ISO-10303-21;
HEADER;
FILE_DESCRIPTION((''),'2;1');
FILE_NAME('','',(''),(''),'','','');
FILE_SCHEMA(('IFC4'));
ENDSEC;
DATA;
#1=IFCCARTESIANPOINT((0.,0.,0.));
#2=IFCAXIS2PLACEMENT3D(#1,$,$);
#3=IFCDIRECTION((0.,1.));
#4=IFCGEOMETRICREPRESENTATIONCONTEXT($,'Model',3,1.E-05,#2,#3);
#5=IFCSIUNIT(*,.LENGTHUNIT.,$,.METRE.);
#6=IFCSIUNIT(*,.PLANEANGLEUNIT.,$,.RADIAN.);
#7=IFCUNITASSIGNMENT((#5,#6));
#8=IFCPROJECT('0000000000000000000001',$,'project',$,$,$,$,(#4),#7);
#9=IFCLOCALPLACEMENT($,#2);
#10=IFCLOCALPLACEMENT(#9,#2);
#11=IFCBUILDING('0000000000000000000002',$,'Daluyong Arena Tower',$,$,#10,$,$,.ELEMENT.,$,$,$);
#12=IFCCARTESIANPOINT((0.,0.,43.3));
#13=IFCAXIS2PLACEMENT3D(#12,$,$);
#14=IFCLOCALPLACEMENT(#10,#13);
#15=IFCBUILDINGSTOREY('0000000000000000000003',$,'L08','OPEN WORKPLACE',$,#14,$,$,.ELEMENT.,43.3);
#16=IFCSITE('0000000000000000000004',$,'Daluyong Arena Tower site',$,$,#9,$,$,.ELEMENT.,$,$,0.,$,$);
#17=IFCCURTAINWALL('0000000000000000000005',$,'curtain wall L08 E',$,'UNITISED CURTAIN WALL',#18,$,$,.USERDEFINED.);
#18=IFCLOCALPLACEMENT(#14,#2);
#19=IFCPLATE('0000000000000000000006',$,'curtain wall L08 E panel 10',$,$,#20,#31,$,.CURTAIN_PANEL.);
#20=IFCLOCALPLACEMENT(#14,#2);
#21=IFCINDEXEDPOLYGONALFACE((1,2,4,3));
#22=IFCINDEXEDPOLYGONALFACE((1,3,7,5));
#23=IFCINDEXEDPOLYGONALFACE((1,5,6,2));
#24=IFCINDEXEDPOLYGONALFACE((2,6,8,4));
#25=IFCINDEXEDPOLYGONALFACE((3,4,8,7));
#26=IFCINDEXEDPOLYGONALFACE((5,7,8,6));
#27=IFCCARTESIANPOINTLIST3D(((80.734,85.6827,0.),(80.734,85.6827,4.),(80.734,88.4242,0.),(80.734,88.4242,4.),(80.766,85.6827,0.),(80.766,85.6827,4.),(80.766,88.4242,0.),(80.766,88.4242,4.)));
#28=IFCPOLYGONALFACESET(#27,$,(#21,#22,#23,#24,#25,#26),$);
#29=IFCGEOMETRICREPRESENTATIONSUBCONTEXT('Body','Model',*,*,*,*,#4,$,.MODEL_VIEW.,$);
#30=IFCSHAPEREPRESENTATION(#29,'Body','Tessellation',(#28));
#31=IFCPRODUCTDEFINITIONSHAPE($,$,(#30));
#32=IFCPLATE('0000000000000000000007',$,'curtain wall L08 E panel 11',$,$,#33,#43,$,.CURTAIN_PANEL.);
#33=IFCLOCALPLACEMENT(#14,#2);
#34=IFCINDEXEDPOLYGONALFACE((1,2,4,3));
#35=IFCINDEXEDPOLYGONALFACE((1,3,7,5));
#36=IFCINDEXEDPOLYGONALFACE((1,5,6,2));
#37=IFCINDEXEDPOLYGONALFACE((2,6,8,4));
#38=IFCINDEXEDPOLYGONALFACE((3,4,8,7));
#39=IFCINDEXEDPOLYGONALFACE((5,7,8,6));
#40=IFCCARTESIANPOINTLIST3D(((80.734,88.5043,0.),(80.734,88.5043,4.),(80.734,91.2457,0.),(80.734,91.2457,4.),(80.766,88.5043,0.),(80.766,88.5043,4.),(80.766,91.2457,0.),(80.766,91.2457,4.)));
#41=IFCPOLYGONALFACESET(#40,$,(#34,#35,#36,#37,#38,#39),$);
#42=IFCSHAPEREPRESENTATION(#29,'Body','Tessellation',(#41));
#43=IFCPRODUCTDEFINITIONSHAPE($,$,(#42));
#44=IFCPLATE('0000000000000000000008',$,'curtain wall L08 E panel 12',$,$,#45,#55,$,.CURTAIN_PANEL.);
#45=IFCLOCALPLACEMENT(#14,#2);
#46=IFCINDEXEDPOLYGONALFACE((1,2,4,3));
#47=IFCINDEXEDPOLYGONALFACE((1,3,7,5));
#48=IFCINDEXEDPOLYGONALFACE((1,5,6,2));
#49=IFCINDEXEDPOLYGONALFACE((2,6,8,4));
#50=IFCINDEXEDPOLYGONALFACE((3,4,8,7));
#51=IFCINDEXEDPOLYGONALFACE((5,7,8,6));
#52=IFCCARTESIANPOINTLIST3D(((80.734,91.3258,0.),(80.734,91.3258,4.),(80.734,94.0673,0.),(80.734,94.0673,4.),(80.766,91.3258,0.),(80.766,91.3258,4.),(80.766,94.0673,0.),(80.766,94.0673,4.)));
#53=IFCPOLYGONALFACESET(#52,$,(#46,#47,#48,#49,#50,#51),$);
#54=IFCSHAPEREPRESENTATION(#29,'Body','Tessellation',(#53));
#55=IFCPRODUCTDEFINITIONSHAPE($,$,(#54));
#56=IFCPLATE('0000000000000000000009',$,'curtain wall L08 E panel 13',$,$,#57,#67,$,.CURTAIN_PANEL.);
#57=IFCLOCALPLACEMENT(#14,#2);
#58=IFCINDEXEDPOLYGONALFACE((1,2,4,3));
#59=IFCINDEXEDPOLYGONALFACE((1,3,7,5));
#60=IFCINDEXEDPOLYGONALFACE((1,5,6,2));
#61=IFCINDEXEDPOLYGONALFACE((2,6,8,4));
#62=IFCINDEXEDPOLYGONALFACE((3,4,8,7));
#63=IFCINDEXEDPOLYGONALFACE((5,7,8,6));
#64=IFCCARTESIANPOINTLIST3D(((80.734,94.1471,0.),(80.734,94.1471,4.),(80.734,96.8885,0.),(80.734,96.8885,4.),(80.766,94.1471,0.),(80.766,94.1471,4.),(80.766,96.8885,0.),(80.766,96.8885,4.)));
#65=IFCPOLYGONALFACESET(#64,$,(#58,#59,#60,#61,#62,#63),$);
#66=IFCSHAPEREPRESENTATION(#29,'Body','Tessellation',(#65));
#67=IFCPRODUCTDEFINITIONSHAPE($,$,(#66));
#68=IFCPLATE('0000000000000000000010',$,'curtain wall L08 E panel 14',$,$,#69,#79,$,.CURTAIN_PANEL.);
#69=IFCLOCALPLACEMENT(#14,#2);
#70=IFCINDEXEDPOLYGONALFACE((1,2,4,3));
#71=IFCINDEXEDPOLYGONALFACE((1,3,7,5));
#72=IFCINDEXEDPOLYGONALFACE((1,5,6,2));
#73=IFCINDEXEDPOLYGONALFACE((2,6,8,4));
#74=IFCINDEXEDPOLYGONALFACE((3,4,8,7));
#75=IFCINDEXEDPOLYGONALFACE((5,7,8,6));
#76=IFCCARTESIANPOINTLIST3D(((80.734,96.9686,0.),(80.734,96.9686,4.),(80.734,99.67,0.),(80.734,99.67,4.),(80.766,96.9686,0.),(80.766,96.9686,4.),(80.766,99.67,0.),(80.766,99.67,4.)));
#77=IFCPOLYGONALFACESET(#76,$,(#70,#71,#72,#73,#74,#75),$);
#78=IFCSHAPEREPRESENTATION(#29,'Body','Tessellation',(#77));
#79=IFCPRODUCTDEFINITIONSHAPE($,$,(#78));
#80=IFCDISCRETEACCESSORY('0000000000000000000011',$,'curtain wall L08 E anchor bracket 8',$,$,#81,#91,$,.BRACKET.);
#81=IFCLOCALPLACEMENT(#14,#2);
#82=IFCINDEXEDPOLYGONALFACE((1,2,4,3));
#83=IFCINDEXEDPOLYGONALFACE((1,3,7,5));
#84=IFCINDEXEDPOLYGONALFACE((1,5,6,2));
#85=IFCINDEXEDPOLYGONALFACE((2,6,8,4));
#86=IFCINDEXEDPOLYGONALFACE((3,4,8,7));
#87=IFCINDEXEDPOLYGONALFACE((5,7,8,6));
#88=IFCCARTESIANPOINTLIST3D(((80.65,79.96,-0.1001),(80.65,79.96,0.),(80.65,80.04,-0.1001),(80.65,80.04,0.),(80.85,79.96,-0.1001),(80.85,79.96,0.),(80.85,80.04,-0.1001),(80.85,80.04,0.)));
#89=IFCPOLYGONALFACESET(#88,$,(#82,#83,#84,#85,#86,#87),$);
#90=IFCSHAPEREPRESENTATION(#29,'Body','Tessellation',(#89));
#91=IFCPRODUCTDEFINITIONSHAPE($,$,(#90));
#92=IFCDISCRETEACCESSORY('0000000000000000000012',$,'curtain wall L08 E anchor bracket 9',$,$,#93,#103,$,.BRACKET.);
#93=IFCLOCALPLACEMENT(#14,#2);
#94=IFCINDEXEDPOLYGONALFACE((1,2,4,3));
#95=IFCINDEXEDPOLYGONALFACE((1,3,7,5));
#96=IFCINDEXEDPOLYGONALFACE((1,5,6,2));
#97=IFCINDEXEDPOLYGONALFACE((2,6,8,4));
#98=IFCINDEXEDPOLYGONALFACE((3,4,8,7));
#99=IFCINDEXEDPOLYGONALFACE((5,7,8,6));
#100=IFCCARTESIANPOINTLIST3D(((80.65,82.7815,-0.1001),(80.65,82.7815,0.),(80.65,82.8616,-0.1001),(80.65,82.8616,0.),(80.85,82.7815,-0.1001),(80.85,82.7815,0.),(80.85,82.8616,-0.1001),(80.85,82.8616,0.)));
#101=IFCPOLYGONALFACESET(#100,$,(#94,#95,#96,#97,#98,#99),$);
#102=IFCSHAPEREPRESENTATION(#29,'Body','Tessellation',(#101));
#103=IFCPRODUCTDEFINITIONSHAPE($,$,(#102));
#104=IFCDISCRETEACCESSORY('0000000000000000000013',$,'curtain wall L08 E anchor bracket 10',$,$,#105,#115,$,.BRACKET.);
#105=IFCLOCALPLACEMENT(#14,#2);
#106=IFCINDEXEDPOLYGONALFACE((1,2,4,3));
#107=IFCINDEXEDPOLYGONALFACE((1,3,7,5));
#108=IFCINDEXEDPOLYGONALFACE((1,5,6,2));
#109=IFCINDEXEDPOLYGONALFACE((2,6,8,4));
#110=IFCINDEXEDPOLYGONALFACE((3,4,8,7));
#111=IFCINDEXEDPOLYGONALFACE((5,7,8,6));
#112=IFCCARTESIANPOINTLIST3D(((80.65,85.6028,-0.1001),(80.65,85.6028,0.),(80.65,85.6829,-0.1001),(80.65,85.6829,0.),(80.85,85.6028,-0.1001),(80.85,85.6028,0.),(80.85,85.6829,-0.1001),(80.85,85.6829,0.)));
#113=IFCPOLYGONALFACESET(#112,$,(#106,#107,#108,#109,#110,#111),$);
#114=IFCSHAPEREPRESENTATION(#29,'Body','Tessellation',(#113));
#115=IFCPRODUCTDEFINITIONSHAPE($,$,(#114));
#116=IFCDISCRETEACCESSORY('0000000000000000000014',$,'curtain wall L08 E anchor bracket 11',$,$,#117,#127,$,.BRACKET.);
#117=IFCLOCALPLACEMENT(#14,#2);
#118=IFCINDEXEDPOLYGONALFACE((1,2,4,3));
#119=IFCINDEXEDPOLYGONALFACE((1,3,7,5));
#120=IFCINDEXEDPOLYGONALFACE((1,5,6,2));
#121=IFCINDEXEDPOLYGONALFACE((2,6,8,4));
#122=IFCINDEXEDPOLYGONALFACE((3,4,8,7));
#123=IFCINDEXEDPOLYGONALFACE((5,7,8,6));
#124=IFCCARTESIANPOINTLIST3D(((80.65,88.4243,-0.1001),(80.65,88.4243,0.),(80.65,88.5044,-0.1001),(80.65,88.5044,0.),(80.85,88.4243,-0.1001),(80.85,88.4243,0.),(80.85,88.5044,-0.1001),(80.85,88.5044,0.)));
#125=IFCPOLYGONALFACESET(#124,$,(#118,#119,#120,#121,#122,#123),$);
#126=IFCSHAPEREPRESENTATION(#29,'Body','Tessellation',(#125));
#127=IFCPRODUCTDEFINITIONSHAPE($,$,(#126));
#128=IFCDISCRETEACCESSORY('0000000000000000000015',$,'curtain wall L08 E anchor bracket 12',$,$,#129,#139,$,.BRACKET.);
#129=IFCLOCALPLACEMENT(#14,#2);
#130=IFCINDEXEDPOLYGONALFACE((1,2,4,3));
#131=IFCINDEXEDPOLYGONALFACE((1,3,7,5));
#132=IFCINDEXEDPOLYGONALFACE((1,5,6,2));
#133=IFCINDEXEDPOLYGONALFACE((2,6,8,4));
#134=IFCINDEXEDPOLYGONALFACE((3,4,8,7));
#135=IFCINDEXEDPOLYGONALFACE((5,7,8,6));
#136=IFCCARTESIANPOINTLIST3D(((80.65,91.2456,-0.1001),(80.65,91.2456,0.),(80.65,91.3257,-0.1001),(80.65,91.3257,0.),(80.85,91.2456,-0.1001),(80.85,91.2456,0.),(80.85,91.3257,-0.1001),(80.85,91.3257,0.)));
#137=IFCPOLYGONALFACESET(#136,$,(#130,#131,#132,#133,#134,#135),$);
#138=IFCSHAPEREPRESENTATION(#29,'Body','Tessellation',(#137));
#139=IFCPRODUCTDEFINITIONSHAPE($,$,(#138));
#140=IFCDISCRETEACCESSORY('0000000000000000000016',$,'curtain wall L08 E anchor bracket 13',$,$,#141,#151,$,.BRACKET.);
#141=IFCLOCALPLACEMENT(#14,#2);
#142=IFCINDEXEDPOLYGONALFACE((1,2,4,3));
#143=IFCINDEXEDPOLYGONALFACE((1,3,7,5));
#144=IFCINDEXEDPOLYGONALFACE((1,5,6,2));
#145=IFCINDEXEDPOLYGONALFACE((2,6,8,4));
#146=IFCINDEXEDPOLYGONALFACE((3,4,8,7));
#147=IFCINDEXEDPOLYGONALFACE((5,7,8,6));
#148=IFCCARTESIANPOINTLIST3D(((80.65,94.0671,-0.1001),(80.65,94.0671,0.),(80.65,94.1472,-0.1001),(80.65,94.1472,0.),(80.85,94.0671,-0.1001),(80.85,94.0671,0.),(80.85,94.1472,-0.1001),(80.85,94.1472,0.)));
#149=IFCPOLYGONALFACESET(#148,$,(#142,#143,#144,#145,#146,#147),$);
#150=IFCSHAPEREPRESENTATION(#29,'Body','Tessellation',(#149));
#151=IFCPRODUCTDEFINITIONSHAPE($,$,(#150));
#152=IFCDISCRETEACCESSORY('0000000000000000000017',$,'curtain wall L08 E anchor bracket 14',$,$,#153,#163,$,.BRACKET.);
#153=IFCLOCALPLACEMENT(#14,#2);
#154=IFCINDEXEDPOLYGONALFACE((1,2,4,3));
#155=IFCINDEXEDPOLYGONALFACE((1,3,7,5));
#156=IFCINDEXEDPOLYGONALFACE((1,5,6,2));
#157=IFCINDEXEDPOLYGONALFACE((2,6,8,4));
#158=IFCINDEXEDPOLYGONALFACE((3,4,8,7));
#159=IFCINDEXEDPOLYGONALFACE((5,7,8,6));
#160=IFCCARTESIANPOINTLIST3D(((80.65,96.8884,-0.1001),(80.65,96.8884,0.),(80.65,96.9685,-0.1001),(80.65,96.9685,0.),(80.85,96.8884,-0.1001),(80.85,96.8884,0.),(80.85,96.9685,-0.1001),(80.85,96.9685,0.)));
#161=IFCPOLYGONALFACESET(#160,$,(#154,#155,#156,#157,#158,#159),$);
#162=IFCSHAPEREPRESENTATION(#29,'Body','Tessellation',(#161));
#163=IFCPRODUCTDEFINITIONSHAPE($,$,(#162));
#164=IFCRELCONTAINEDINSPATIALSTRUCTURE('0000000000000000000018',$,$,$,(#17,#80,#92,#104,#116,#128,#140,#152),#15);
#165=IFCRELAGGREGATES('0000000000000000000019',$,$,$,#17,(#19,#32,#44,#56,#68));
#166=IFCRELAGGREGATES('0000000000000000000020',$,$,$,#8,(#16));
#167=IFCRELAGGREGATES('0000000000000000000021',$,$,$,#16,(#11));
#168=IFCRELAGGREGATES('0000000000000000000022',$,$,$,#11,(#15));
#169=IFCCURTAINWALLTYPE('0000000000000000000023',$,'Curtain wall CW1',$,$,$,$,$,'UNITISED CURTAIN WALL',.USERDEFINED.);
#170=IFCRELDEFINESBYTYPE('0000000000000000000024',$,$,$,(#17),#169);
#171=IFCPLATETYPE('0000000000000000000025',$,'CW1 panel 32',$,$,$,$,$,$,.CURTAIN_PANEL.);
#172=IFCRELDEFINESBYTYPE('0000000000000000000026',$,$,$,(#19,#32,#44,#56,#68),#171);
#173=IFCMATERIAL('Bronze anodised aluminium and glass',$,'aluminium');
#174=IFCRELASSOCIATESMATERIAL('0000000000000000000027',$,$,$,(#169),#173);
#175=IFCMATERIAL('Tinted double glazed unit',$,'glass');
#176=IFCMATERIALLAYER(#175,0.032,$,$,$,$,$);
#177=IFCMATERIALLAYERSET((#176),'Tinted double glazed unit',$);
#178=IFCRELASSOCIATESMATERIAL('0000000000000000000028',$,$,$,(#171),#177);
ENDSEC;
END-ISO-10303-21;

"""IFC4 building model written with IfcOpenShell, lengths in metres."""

from ifc_helpers import new_model, si_unit, direction, frame, origin, origin_2d, place, context, subcontext, project, spatial, rectangle, extrude, material, layer, layer_set, type_object, element, aggregate, save


model = new_model("IFC4")

# Units and contexts
model_context = context("Model", 3, precision=1e-05, world=origin(), true_north=direction((0.0, 1.0)))
body_context = subcontext(model_context, "Body", "Model", "MODEL_VIEW")
ifc_project = project(units=[si_unit("LENGTHUNIT", "METRE"), si_unit("PLANEANGLEUNIT", "RADIAN")], contexts=[model_context])

# Site, building, storey
site_placement = place(None, origin())
site = spatial("IfcSite", under=ifc_project, at=site_placement, Name="Daluyong Arena Tower site", CompositionType="ELEMENT", RefElevation=0.0)
building_placement = place(site_placement, origin())
building = spatial("IfcBuilding", under=site, at=building_placement, Name="Daluyong Arena Tower", CompositionType="ELEMENT")
storey_placement = place(building_placement, frame((0.0, 0.0, 43.3)))
storey = spatial("IfcBuildingStorey", under=building, at=storey_placement, Name="L08", Description="OPEN WORKPLACE", CompositionType="ELEMENT", Elevation=43.3)

# Curtain wall
ifc_material_1 = material(Name="Bronze anodised aluminium and glass", Category="aluminium")
curtain_wall_type = type_object("IfcCurtainWallType", Name="Curtain wall CW1", ElementType="UNITISED CURTAIN WALL", PredefinedType="USERDEFINED", material=ifc_material_1)
curtain_wall_placement = place(storey_placement, origin())
curtain_wall = element("IfcCurtainWall", 1, at=curtain_wall_placement, inside=storey, type_object=curtain_wall_type, Name="curtain wall L08 E", ObjectType="UNITISED CURTAIN WALL", PredefinedType="USERDEFINED")

# Plates
ifc_material_2 = material(Name="Tinted double glazed unit", Category="glass")
ifc_layer = layer(ifc_material_2, 0.032)
ifc_layer_set = layer_set([ifc_layer], Name="Tinted double glazed unit")
plate_type = type_object("IfcPlateType", Name="CW1 panel 32", PredefinedType="CURTAIN_PANEL", material=ifc_layer_set)
plate_1_placement = place(storey_placement, frame((80.75, 87.0535, 0.0), z_axis=(0.0, 0.0, 1.0), x_axis=(0.0, 1.0, 0.0)))
plate_1 = element("IfcPlate", 2, at=plate_1_placement, type_object=plate_type, Name="curtain wall L08 E panel 10", PredefinedType="CURTAIN_PANEL", context=body_context, shape_type="SweptSolid", body=[
    extrude(rectangle(XDim=2.7415, YDim=0.032, at=origin_2d()), origin(), (0.0, 0.0, 1.0), 4.0),
])
plate_2_placement = place(storey_placement, frame((80.75, 89.875, 0.0), z_axis=(0.0, 0.0, 1.0), x_axis=(0.0, 1.0, 0.0)))
plate_2 = element("IfcPlate", 3, at=plate_2_placement, type_object=plate_type, Name="curtain wall L08 E panel 11", PredefinedType="CURTAIN_PANEL", context=body_context, shape_type="SweptSolid", body=[
    extrude(rectangle(XDim=2.7415, YDim=0.032, at=origin_2d()), origin(), (0.0, 0.0, 1.0), 4.0),
])
plate_3_placement = place(storey_placement, frame((80.75, 92.6965, 0.0), z_axis=(0.0, 0.0, 1.0), x_axis=(0.0, 1.0, 0.0)))
plate_3 = element("IfcPlate", 4, at=plate_3_placement, type_object=plate_type, Name="curtain wall L08 E panel 12", PredefinedType="CURTAIN_PANEL", context=body_context, shape_type="SweptSolid", body=[
    extrude(rectangle(XDim=2.7415, YDim=0.032, at=origin_2d()), origin(), (0.0, 0.0, 1.0), 4.0),
])
plate_4_placement = place(storey_placement, frame((80.75, 95.5178, 0.0), z_axis=(0.0, 0.0, 1.0), x_axis=(0.0, 1.0, 0.0)))
plate_4 = element("IfcPlate", 5, at=plate_4_placement, type_object=plate_type, Name="curtain wall L08 E panel 13", PredefinedType="CURTAIN_PANEL", context=body_context, shape_type="SweptSolid", body=[
    extrude(rectangle(XDim=2.7415, YDim=0.032, at=origin_2d()), origin(), (0.0, 0.0, 1.0), 4.0),
])
plate_5_placement = place(storey_placement, frame((80.75, 98.3193, 0.0), z_axis=(0.0, 0.0, 1.0), x_axis=(0.0, 1.0, 0.0)))
plate_5 = element("IfcPlate", 6, at=plate_5_placement, type_object=plate_type, Name="curtain wall L08 E panel 14", PredefinedType="CURTAIN_PANEL", context=body_context, shape_type="SweptSolid", body=[
    extrude(rectangle(XDim=2.7014, YDim=0.032, at=origin_2d()), origin(), (0.0, 0.0, 1.0), 4.0),
])
aggregate(curtain_wall, [plate_1, plate_2, plate_3, plate_4, plate_5])

# Discrete accessories
for number, where, z_axis, x_axis, name in (
    (7, (80.75, 80.0, -0.1001), (0.0, 0.0, 1.0), (0.0, 1.0, 0.0), "curtain wall L08 E anchor bracket 8"),
    (8, (80.75, 82.8215, -0.1001), (0.0, 0.0, 1.0), (0.0, 1.0, 0.0), "curtain wall L08 E anchor bracket 9"),
    (9, (80.75, 85.6428, -0.1001), (0.0, 0.0, 1.0), (0.0, 1.0, 0.0), "curtain wall L08 E anchor bracket 10"),
    (10, (80.75, 88.4644, -0.1001), (0.0, 0.0, 1.0), (0.0, 1.0, 0.0), "curtain wall L08 E anchor bracket 11"),
    (11, (80.75, 91.2856, -0.1001), (0.0, 0.0, 1.0), (0.0, 1.0, 0.0), "curtain wall L08 E anchor bracket 12"),
    (12, (80.75, 94.1072, -0.1001), (0.0, 0.0, 1.0), (0.0, 1.0, 0.0), "curtain wall L08 E anchor bracket 13"),
    (13, (80.75, 96.9285, -0.1001), (0.0, 0.0, 1.0), (0.0, 1.0, 0.0), "curtain wall L08 E anchor bracket 14"),
):
    element("IfcDiscreteAccessory", number, at=place(storey_placement, frame(where, z_axis=z_axis, x_axis=x_axis)), inside=storey, Name=name, PredefinedType="BRACKET", context=body_context, shape_type="SweptSolid", body=[
        extrude(rectangle(XDim=0.0801, YDim=0.2, at=origin_2d()), origin(), (0.0, 0.0, 1.0), 0.1001),
    ])

save(model, "model.ifc")
